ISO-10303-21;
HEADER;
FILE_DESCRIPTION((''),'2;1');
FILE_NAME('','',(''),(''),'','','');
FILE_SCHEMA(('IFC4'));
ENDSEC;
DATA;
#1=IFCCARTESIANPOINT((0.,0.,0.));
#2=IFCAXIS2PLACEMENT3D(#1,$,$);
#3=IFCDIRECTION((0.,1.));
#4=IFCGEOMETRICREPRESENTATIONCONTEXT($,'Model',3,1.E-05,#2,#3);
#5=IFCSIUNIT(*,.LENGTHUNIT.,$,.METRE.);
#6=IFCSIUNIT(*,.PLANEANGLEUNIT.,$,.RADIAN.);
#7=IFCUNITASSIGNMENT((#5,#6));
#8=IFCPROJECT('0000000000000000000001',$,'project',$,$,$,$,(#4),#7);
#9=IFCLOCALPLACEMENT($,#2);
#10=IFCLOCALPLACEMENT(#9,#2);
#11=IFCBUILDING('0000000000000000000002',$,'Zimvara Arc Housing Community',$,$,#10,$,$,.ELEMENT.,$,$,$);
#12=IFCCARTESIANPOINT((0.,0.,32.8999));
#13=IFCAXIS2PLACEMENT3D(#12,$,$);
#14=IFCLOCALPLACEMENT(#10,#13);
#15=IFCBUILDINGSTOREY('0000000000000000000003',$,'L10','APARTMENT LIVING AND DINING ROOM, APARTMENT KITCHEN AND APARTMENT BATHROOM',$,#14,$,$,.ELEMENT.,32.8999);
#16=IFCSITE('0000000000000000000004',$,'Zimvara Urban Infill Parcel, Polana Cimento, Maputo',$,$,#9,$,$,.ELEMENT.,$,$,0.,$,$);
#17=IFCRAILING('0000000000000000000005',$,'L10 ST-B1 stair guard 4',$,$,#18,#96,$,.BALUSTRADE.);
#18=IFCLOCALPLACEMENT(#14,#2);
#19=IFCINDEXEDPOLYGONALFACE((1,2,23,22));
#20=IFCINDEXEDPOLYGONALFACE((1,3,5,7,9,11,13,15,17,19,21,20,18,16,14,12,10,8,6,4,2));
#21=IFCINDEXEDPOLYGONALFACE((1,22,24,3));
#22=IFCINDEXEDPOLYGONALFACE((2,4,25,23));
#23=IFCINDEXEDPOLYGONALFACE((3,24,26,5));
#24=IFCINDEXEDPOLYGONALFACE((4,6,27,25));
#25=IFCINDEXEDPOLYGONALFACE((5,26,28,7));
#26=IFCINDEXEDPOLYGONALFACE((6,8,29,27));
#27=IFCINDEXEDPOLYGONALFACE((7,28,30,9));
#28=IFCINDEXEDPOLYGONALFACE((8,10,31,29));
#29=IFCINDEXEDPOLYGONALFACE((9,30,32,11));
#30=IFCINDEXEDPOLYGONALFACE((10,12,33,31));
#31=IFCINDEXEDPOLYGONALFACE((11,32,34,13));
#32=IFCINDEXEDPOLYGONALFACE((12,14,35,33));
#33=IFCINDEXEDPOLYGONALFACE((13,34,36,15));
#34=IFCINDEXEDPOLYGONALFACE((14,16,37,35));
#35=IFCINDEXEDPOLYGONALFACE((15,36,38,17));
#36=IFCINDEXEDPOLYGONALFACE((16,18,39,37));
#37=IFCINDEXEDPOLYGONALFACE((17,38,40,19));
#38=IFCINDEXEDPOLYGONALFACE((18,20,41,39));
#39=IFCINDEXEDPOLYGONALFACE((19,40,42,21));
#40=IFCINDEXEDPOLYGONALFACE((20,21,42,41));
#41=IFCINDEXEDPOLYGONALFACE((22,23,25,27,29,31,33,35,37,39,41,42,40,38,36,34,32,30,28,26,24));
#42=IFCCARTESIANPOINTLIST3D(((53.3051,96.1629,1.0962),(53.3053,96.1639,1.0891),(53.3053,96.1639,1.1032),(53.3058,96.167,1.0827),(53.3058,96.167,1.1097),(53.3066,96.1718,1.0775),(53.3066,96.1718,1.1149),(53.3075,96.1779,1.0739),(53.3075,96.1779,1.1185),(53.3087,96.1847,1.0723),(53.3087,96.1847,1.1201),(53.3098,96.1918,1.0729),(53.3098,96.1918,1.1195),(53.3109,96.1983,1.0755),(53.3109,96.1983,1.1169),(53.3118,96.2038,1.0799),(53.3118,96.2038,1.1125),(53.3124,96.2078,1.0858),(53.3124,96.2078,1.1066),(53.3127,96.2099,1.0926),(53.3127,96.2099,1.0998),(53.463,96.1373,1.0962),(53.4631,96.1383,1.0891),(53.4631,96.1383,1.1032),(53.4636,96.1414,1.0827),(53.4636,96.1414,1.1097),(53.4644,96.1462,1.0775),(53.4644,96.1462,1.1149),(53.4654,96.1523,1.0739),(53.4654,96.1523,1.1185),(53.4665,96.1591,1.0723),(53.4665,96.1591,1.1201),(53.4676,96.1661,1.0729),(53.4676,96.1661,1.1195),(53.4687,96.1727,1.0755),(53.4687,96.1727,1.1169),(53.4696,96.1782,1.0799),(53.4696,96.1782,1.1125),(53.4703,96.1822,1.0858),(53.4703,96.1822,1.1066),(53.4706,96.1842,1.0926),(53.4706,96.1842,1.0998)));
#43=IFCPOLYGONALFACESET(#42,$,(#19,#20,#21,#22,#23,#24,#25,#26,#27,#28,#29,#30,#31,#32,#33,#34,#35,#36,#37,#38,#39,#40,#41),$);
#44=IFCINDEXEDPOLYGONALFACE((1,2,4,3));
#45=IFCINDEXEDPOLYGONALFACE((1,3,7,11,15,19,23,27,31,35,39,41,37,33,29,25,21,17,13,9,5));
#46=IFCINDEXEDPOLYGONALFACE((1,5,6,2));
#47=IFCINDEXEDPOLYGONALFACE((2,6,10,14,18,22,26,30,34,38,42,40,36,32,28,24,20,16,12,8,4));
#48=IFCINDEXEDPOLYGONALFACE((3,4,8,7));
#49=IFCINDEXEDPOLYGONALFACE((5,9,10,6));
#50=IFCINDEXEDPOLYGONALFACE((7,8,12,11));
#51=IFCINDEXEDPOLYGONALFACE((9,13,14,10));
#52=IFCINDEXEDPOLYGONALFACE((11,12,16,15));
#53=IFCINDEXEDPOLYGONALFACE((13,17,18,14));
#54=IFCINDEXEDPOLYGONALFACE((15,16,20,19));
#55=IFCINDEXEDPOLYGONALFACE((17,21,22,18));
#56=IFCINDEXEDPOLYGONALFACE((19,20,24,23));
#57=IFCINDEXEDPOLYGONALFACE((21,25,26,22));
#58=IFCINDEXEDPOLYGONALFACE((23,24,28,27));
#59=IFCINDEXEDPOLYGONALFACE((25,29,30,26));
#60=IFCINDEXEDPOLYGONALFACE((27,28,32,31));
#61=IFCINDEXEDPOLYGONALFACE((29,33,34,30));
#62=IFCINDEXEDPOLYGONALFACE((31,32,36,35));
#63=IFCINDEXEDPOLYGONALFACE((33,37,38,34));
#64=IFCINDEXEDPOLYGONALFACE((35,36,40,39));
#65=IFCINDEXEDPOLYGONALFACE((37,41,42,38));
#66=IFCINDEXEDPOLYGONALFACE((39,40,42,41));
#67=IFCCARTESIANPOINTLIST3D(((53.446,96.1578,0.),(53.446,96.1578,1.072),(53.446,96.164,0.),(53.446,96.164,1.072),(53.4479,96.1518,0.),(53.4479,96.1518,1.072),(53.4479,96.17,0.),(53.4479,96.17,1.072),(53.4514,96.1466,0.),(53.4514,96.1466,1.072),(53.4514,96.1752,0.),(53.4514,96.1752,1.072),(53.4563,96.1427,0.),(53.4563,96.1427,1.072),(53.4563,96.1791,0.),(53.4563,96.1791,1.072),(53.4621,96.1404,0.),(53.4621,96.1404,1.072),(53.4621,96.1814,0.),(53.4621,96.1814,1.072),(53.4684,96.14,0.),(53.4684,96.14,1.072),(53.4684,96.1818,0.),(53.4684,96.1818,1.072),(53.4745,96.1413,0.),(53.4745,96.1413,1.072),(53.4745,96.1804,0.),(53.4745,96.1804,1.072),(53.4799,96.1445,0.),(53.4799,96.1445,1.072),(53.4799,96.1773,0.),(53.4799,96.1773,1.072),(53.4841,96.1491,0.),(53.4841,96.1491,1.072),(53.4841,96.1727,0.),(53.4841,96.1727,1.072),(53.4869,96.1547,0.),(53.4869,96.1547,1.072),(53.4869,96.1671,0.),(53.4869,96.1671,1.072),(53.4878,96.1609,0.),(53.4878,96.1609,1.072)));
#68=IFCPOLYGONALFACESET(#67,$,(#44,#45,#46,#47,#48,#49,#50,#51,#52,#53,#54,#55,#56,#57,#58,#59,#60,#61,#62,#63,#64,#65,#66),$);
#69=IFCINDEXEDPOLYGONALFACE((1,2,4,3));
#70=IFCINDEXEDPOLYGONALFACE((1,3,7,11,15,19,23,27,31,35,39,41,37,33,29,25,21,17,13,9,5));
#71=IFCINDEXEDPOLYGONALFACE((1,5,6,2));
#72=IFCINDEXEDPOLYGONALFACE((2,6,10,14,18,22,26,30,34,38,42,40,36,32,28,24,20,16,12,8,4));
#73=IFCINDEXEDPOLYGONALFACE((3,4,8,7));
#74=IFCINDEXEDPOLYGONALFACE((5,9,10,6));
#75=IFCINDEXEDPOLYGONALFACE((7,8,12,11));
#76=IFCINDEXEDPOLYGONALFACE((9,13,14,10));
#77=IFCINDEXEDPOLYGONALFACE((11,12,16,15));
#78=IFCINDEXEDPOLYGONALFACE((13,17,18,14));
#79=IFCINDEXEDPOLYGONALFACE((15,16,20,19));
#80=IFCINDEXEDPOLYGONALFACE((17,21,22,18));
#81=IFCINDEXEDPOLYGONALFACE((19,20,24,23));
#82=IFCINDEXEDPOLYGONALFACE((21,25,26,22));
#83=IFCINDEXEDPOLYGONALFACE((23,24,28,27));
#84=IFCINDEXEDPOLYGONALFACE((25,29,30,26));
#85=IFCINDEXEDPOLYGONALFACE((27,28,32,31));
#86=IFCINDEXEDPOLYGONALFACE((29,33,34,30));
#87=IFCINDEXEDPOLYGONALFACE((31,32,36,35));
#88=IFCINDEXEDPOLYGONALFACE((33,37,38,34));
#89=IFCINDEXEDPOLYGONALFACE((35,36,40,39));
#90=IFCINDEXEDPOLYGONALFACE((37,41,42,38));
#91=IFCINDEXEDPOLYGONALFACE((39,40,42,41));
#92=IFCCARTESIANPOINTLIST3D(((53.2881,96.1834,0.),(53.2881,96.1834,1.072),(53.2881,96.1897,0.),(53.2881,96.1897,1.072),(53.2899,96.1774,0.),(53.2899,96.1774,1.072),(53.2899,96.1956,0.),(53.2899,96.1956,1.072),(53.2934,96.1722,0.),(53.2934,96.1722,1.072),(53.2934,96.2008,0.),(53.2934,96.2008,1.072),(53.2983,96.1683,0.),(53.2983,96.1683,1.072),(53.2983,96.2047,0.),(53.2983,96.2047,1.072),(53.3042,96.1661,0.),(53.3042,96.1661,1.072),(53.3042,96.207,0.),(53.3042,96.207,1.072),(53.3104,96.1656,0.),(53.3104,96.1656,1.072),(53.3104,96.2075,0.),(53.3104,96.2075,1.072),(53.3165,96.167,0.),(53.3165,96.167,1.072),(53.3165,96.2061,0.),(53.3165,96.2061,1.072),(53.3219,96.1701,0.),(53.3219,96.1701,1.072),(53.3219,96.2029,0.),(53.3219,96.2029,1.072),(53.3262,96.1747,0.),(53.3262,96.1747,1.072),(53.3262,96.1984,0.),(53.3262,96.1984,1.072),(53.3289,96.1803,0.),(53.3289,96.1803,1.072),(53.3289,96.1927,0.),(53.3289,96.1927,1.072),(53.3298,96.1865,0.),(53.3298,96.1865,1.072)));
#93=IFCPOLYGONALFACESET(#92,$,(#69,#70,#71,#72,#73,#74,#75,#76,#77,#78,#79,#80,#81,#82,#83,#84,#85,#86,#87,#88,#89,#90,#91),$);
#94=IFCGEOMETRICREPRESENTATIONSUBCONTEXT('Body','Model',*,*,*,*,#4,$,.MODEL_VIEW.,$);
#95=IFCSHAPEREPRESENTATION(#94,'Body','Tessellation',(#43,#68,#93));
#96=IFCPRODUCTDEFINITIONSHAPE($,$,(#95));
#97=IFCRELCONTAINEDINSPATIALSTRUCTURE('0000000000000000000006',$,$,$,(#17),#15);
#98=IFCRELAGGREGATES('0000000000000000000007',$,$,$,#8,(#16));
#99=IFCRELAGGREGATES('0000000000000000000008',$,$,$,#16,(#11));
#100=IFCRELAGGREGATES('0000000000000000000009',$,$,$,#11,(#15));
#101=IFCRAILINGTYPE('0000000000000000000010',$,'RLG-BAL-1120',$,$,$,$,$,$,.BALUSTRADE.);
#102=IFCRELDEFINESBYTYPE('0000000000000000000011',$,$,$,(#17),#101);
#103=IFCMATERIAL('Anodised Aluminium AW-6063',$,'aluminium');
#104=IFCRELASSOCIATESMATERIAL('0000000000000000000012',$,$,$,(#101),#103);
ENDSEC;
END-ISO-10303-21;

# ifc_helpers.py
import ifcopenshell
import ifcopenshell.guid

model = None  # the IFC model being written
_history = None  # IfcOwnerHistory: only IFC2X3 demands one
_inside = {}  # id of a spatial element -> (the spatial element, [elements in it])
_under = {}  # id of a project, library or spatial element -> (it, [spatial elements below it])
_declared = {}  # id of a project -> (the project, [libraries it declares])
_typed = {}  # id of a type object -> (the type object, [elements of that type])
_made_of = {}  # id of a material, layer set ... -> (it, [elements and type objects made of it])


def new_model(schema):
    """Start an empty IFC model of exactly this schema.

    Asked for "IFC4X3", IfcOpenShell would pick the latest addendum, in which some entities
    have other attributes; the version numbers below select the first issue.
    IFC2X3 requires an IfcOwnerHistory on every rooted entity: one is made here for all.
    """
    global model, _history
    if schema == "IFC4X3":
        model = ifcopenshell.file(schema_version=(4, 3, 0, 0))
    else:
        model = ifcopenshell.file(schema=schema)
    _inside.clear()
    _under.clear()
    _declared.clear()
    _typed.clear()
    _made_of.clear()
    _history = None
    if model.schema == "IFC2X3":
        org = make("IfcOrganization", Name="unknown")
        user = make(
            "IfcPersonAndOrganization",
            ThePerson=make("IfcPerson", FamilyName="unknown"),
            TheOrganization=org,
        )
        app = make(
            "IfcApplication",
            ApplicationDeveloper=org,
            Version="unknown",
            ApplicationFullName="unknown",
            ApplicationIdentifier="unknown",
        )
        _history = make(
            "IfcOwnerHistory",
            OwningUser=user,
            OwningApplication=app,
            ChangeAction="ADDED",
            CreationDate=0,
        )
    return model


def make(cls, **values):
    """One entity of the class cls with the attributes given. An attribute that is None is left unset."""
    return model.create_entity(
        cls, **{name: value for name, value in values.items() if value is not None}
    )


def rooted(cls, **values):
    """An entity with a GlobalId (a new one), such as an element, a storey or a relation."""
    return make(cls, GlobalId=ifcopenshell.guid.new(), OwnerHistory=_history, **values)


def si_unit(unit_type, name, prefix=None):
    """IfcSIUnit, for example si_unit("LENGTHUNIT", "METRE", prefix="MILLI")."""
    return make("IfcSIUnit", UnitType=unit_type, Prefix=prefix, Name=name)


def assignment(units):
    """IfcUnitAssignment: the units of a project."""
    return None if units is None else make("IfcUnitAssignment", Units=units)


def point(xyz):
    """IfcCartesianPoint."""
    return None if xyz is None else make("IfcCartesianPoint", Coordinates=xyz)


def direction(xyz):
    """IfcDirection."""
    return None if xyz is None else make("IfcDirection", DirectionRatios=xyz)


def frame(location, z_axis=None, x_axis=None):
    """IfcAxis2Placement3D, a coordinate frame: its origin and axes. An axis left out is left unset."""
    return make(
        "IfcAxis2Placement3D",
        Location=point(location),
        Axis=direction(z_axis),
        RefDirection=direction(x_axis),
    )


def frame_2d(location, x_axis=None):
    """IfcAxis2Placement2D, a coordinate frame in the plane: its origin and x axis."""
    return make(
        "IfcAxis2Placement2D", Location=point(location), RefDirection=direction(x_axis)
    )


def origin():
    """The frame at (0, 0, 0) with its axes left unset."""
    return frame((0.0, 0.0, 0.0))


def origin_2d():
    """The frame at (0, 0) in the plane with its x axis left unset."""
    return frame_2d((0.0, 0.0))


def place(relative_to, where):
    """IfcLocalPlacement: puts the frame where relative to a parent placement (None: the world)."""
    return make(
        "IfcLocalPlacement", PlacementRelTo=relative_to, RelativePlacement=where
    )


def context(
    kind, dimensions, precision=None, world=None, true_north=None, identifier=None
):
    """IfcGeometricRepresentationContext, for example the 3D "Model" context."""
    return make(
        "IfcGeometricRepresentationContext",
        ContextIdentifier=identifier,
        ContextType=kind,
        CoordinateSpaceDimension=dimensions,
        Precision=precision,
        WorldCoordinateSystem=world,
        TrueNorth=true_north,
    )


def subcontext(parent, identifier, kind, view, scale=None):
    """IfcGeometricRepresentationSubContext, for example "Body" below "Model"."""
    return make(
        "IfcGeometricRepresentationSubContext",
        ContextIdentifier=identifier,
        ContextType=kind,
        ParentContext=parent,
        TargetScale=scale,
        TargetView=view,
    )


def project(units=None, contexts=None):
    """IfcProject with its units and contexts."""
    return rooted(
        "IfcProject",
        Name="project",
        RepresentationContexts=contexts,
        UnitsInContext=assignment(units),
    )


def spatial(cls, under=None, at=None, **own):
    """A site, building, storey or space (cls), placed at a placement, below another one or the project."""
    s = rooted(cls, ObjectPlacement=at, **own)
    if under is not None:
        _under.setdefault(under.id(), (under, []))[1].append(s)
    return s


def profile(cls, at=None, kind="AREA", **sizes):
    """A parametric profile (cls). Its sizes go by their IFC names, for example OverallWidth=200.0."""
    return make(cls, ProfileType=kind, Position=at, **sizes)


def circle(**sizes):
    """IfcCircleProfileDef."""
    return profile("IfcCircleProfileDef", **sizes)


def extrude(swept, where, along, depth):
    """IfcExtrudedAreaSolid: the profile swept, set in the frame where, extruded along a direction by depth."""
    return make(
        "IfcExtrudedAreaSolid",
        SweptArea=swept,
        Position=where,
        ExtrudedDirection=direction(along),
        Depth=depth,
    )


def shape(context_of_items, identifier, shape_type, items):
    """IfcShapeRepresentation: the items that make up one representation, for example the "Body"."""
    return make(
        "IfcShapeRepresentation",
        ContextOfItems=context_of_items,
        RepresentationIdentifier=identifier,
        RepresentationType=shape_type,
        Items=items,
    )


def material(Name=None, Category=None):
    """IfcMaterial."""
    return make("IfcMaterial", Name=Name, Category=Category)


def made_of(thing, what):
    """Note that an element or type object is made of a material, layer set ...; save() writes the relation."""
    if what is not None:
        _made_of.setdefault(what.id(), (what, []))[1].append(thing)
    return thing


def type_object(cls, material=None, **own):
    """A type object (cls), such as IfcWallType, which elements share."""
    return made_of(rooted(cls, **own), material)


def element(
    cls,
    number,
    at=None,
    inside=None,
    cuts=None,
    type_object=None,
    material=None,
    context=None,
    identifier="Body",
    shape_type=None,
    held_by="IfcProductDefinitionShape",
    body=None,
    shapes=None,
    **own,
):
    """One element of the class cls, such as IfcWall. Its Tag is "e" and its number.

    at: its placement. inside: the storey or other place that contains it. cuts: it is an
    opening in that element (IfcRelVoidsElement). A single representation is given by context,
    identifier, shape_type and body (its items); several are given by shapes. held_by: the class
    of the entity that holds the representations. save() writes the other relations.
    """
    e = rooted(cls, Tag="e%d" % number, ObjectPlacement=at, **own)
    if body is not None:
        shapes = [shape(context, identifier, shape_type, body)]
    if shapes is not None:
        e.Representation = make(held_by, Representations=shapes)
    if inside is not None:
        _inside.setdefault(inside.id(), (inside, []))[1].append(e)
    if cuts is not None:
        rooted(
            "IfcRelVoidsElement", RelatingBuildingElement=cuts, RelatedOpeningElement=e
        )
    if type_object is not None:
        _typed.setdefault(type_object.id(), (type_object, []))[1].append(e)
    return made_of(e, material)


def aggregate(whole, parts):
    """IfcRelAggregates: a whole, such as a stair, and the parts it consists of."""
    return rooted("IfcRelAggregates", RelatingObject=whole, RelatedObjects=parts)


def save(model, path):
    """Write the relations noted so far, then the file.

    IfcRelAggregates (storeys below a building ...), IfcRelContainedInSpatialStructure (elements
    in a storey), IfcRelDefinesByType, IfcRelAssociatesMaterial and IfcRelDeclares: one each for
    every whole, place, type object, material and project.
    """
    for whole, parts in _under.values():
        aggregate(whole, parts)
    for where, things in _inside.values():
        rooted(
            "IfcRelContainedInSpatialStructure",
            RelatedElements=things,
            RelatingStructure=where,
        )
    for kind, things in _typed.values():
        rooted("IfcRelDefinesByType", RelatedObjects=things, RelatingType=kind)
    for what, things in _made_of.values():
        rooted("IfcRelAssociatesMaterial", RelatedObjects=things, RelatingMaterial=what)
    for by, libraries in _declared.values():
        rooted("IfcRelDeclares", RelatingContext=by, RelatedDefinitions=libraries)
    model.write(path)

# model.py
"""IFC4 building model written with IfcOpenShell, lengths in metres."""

from ifc_helpers import new_model, si_unit, direction, frame, origin, origin_2d, place, context, subcontext, project, spatial, circle, extrude, material, type_object, element, save


model = new_model("IFC4")

# Units and contexts
model_context = context("Model", 3, precision=1e-05, world=origin(), true_north=direction((0.0, 1.0)))
body_context = subcontext(model_context, "Body", "Model", "MODEL_VIEW")
ifc_project = project(units=[si_unit("LENGTHUNIT", "METRE"), si_unit("PLANEANGLEUNIT", "RADIAN")], contexts=[model_context])

# Site, building, storey
site_placement = place(None, origin())
site = spatial("IfcSite", under=ifc_project, at=site_placement, Name="Zimvara Urban Infill Parcel, Polana Cimento, Maputo", CompositionType="ELEMENT", RefElevation=0.0)
building_placement = place(site_placement, origin())
building = spatial("IfcBuilding", under=site, at=building_placement, Name="Zimvara Arc Housing Community", CompositionType="ELEMENT")
storey_placement = place(building_placement, frame((0.0, 0.0, 32.8999)))
storey = spatial("IfcBuildingStorey", under=building, at=storey_placement, Name="L10", Description="APARTMENT LIVING AND DINING ROOM, APARTMENT KITCHEN AND APARTMENT BATHROOM", CompositionType="ELEMENT", Elevation=32.8999)

# Railing
ifc_material_1 = material(Name="Anodised Aluminium AW-6063", Category="aluminium")
railing_type_1 = type_object("IfcRailingType", Name="RLG-BAL-1120", PredefinedType="BALUSTRADE", material=ifc_material_1)
railing_1_placement = place(storey_placement, frame((53.4668, 96.1609, 0.0)))
element("IfcRailing", 1, at=railing_1_placement, inside=storey, type_object=railing_type_1, Name="L10 ST-B1 stair guard 4", PredefinedType="BALUSTRADE", context=body_context, shape_type="SweptSolid", body=[
    extrude(circle(Radius=0.0239, at=origin_2d()), frame((0.0, 0.0, 1.0962), z_axis=(-0.987086, 0.160192, 0.0), x_axis=(-0.160192, -0.987086, 0.0)), (0.0, 0.0, 1.0), 0.1599),
    extrude(circle(Radius=0.021, at=origin_2d()), origin(), (0.0, 0.0, 1.0), 1.072),
    extrude(circle(Radius=0.021, at=origin_2d()), frame((-0.158, 0.0256, 0.0)), (0.0, 0.0, 1.0), 1.072),
])

save(model, "model.ifc")
